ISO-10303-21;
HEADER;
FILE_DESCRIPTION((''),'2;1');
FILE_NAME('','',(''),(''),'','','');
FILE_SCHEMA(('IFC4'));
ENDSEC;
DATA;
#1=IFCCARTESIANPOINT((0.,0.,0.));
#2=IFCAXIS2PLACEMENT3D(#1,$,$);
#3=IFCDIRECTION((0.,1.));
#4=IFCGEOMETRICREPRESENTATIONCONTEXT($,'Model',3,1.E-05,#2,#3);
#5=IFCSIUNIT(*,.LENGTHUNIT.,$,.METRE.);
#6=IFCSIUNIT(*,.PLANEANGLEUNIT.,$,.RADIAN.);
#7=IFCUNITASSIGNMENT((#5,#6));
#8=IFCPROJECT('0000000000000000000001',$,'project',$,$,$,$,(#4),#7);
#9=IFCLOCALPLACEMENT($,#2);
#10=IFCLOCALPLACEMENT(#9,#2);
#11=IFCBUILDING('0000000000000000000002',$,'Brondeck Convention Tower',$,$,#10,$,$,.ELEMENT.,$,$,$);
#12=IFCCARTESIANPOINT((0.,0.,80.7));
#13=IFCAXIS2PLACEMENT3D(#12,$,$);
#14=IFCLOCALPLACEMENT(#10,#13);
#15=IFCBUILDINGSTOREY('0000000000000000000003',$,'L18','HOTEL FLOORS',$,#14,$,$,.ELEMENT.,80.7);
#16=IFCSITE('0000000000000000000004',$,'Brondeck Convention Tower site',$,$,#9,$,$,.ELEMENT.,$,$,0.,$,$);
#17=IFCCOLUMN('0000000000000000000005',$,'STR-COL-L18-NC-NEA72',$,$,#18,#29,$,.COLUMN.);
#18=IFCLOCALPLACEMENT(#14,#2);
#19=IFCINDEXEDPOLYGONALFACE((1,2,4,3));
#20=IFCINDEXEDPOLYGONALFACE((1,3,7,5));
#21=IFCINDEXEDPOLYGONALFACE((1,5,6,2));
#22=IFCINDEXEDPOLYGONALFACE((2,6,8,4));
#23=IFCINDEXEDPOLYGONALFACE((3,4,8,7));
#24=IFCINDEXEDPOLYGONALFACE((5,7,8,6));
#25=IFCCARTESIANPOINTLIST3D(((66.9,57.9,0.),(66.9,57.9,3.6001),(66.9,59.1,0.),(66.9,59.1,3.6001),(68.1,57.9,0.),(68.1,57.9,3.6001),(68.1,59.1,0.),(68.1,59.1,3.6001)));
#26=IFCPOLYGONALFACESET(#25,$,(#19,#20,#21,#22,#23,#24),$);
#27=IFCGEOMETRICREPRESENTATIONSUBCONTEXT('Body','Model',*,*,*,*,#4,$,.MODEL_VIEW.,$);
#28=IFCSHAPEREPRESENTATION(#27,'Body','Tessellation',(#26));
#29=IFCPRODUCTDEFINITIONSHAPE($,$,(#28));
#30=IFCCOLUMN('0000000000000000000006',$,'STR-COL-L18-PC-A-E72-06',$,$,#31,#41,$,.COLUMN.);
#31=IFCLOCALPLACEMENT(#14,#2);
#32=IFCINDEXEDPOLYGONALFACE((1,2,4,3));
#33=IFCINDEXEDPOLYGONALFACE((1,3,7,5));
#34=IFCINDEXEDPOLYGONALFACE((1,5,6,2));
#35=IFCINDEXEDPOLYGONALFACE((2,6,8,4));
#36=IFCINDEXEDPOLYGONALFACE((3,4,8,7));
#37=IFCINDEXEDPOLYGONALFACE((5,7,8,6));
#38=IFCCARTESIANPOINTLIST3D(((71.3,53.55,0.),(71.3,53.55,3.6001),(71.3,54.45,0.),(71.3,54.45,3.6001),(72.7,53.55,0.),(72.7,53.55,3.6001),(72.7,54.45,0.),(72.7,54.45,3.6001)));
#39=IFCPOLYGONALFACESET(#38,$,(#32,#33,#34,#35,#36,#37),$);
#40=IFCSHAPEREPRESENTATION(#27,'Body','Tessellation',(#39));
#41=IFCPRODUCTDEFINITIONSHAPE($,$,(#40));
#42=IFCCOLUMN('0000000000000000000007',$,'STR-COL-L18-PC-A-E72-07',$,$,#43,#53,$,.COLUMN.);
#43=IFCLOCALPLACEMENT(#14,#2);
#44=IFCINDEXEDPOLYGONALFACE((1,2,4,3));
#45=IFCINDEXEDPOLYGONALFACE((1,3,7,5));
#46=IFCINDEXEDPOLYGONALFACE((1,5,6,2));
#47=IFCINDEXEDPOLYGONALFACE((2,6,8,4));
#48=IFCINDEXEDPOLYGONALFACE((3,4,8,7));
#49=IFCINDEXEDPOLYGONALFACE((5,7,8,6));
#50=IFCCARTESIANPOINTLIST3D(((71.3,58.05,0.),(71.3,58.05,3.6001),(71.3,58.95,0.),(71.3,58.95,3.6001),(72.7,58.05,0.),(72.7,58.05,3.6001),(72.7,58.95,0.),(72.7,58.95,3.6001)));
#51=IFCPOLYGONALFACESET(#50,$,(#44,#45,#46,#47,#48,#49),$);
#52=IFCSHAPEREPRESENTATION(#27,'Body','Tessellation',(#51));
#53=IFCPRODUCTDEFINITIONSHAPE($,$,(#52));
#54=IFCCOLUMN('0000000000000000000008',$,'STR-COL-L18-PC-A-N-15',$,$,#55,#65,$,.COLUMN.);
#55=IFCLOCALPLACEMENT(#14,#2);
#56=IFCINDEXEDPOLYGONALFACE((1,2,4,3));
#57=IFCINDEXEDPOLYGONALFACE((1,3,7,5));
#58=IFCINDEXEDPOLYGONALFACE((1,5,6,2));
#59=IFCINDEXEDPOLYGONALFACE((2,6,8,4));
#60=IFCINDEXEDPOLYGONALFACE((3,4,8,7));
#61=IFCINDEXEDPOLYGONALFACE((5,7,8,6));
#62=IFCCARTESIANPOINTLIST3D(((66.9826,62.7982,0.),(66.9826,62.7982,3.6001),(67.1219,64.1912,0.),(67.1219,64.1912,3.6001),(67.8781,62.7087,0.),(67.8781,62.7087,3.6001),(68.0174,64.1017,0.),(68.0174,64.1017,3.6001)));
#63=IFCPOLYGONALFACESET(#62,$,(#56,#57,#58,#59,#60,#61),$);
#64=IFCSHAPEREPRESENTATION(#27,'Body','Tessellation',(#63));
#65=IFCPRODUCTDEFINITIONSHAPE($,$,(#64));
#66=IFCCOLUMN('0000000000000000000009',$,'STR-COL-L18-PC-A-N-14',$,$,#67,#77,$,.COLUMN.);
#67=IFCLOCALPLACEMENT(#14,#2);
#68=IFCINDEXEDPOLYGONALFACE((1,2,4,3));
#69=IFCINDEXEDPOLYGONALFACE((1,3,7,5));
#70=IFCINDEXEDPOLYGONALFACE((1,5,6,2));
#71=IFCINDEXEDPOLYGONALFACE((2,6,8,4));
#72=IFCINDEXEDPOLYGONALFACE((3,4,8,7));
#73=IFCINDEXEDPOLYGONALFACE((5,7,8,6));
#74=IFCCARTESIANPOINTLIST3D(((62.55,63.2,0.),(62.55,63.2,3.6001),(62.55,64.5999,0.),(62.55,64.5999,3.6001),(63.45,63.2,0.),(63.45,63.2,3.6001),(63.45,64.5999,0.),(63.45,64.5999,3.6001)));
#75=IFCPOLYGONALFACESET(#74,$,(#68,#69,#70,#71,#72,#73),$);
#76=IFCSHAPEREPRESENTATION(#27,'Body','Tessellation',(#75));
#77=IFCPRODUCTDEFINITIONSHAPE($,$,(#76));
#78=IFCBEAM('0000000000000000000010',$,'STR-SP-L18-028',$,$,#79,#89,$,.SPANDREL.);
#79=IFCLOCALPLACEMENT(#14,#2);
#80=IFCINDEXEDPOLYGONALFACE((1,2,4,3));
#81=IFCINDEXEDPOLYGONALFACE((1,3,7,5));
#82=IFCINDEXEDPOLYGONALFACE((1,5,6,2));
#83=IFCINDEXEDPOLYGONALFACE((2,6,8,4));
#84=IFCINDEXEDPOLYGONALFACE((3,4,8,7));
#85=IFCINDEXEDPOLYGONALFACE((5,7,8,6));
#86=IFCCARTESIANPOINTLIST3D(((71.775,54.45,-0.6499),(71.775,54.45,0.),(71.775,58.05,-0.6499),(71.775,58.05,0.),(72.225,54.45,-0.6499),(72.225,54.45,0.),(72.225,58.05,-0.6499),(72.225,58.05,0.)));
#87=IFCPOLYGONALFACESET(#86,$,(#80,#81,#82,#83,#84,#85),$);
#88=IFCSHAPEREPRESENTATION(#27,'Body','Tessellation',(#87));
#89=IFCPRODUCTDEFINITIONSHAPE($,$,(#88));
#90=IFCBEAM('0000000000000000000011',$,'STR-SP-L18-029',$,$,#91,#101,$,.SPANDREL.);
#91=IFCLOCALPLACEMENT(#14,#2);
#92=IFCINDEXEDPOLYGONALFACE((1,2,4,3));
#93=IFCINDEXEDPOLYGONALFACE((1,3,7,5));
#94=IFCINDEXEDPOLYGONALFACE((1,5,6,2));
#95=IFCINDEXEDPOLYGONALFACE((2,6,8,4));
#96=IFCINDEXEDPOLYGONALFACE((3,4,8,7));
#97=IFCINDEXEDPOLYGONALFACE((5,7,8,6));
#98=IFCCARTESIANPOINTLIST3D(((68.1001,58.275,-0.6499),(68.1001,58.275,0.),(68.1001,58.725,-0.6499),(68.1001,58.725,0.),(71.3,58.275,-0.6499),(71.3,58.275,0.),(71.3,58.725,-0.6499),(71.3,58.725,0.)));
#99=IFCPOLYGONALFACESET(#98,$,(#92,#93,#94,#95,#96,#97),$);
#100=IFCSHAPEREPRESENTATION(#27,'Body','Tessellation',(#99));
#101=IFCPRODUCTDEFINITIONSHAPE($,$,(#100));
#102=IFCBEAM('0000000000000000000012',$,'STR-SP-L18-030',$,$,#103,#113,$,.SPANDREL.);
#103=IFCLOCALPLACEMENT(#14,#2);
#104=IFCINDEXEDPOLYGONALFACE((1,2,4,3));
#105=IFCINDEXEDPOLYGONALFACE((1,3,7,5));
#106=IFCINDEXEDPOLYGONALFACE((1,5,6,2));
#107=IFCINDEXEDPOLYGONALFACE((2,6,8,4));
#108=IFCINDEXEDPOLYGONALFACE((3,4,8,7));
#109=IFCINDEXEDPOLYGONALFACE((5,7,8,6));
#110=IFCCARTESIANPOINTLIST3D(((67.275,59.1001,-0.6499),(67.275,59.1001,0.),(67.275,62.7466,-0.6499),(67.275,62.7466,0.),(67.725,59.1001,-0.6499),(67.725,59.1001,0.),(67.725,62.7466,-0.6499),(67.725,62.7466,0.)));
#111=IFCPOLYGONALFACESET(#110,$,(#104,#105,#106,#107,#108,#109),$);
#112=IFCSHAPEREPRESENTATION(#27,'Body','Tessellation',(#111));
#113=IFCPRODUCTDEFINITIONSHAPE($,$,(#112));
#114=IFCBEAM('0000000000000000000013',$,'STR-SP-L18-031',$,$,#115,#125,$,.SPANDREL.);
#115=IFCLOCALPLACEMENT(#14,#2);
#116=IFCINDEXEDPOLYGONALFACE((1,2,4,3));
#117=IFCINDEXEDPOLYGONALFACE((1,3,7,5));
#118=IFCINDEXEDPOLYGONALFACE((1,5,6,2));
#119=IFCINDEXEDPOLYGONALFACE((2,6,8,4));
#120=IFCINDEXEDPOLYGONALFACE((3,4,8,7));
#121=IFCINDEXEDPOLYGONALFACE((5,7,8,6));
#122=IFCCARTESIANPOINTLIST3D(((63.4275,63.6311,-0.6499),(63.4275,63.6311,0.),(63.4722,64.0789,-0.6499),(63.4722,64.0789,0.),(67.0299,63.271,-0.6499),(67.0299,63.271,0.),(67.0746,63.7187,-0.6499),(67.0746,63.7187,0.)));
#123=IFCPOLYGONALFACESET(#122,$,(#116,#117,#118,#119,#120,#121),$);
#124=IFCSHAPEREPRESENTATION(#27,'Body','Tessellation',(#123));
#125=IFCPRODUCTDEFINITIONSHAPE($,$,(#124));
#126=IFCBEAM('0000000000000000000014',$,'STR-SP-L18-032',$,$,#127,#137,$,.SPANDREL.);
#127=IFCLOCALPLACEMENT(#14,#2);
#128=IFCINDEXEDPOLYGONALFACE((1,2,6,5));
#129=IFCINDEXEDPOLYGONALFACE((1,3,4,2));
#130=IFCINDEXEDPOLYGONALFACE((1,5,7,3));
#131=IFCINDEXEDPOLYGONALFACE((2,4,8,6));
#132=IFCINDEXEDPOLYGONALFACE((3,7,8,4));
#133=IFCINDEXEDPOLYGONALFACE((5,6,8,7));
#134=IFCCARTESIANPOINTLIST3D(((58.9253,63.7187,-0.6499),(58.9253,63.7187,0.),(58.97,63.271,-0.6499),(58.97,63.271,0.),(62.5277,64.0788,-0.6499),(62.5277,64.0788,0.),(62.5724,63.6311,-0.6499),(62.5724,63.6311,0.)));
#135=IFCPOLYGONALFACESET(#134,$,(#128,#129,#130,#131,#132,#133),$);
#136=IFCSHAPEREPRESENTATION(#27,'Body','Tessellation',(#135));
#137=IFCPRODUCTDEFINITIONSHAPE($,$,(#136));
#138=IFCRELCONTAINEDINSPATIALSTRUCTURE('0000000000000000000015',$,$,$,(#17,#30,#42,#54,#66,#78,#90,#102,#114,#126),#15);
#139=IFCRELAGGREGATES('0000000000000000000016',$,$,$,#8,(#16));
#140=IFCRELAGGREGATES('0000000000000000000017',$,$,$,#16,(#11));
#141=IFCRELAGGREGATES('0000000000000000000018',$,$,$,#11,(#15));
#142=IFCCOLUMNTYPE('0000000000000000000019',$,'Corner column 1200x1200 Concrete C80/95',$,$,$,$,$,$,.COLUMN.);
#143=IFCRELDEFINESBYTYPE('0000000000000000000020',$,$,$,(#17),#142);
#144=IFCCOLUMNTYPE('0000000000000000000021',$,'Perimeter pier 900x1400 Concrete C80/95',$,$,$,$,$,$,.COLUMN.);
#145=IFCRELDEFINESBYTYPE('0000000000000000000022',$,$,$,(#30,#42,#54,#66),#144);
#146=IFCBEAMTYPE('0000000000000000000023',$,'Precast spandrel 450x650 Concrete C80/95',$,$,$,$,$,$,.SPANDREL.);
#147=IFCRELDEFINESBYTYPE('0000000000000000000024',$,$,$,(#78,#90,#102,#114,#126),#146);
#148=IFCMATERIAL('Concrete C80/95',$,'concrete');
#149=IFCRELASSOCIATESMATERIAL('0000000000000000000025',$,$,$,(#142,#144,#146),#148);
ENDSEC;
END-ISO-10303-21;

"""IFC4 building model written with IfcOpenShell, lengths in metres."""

from ifc_helpers import new_model, si_unit, direction, frame, origin, origin_2d, place, context, subcontext, project, spatial, rectangle, extrude, material, material_profile, profile_set, type_object, element, save


model = new_model("IFC4")

# Units and contexts
model_context = context("Model", 3, precision=1e-05, world=origin(), true_north=direction((0.0, 1.0)))
body_context = subcontext(model_context, "Body", "Model", "MODEL_VIEW")
ifc_project = project(units=[si_unit("LENGTHUNIT", "METRE"), si_unit("PLANEANGLEUNIT", "RADIAN")], contexts=[model_context])

# Site, building, storey
site_placement = place(None, origin())
site = spatial("IfcSite", under=ifc_project, at=site_placement, Name="Brondeck Convention Tower site", CompositionType="ELEMENT", RefElevation=0.0)
building_placement = place(site_placement, origin())
building = spatial("IfcBuilding", under=site, at=building_placement, Name="Brondeck Convention Tower", CompositionType="ELEMENT")
storey_placement = place(building_placement, frame((0.0, 0.0, 80.7)))
storey = spatial("IfcBuildingStorey", under=building, at=storey_placement, Name="L18", Description="HOTEL FLOORS", CompositionType="ELEMENT", Elevation=80.7)

# Columns
ifc_material_1 = material(Name="Concrete C80/95", Category="concrete")
ifc_material_profile_1 = material_profile(ifc_material_1, rectangle(XDim=1.2, YDim=1.2, at=origin_2d()), Name="Corner column 1200x1200 Concrete C80/95")
ifc_profile_set_1 = profile_set([ifc_material_profile_1], Name="Concrete C80/95")
column_type_1 = type_object("IfcColumnType", Name="Corner column 1200x1200 Concrete C80/95", PredefinedType="COLUMN", material=ifc_profile_set_1)
column_placement = place(storey_placement, frame((67.5, 58.5, 0.0), z_axis=(0.0, 0.0, 1.0), x_axis=(1.0, 0.0, 0.0)))
element("IfcColumn", 1, at=column_placement, inside=storey, type_object=column_type_1, Name="STR-COL-L18-NC-NEA72", PredefinedType="COLUMN", context=body_context, shape_type="SweptSolid", body=[
    extrude(rectangle(XDim=1.2, YDim=1.2, at=origin_2d()), origin(), (0.0, 0.0, 1.0), 3.6001),
])
ifc_material_profile_2 = material_profile(ifc_material_1, rectangle(XDim=0.8999, YDim=1.3999, at=origin_2d()), Name="Perimeter pier 900x1400 Concrete C80/95")
ifc_profile_set_2 = profile_set([ifc_material_profile_2], Name="Concrete C80/95")
column_type_2 = type_object("IfcColumnType", Name="Perimeter pier 900x1400 Concrete C80/95", PredefinedType="COLUMN", material=ifc_profile_set_2)
for number, where, z_axis, x_axis, name in (
    (2, (72.0, 54.0, 0.0), (0.0, 0.0, 1.0), (0.0, 1.0, 0.0), "STR-COL-L18-PC-A-E72-06"),
    (3, (72.0, 58.5, 0.0), (0.0, 0.0, 1.0), (0.0, 1.0, 0.0), "STR-COL-L18-PC-A-E72-07"),
    (4, (67.5, 63.45, 0.0), (0.0, 0.0, 1.0), (-0.995037, 0.099504, 0.0), "STR-COL-L18-PC-A-N-15"),
    (5, (63.0, 63.8999, 0.0), (0.0, 0.0, 1.0), (-1.0, 0.0, 0.0), "STR-COL-L18-PC-A-N-14"),
):
    element("IfcColumn", number, at=place(storey_placement, frame(where, z_axis=z_axis, x_axis=x_axis)), inside=storey, type_object=column_type_2, Name=name, PredefinedType="COLUMN", context=body_context, shape_type="SweptSolid", body=[
        extrude(rectangle(XDim=0.8999, YDim=1.3999, at=origin_2d()), origin(), (0.0, 0.0, 1.0), 3.6001),
    ])

# Beams
ifc_material_profile_3 = material_profile(ifc_material_1, rectangle(XDim=0.45, YDim=0.6499, at=origin_2d()), Name="Precast spandrel 450x650 Concrete C80/95")
ifc_profile_set_3 = profile_set([ifc_material_profile_3], Name="Concrete C80/95")
beam_type = type_object("IfcBeamType", Name="Precast spandrel 450x650 Concrete C80/95", PredefinedType="SPANDREL", material=ifc_profile_set_3)
beam_1_placement = place(storey_placement, frame((72.0, 54.45, -0.325), z_axis=(0.0, 1.0, 0.0), x_axis=(-1.0, 0.0, 0.0)))
element("IfcBeam", 6, at=beam_1_placement, inside=storey, type_object=beam_type, Name="STR-SP-L18-028", PredefinedType="SPANDREL", context=body_context, shape_type="SweptSolid", body=[
    extrude(rectangle(XDim=0.45, YDim=0.6499, at=origin_2d()), origin(), (0.0, 0.0, 1.0), 3.6001),
])
beam_2_placement = place(storey_placement, frame((71.3, 58.5, -0.325), z_axis=(-1.0, 0.0, 0.0), x_axis=(0.0, -1.0, 0.0)))
element("IfcBeam", 7, at=beam_2_placement, inside=storey, type_object=beam_type, Name="STR-SP-L18-029", PredefinedType="SPANDREL", context=body_context, shape_type="SweptSolid", body=[
    extrude(rectangle(XDim=0.45, YDim=0.6499, at=origin_2d()), origin(), (0.0, 0.0, 1.0), 3.2),
])
beam_3_placement = place(storey_placement, frame((67.5, 59.1001, -0.325), z_axis=(0.0, 1.0, 0.0), x_axis=(-1.0, 0.0, 0.0)))
element("IfcBeam", 8, at=beam_3_placement, inside=storey, type_object=beam_type, Name="STR-SP-L18-030", PredefinedType="SPANDREL", context=body_context, shape_type="SweptSolid", body=[
    extrude(rectangle(XDim=0.45, YDim=0.6499, at=origin_2d()), origin(), (0.0, 0.0, 1.0), 3.6465),
])
for number, where, z_axis, x_axis, name in (
    (9, (67.0522, 63.4949, -0.325), (-0.995041, 0.09947, 0.0), (-0.09947, -0.995041, 0.0), "STR-SP-L18-031"),
    (10, (62.55, 63.855, -0.325), (-0.995041, -0.09947, 0.0), (0.09947, -0.995041, 0.0), "STR-SP-L18-032"),
):
    element("IfcBeam", number, at=place(storey_placement, frame(where, z_axis=z_axis, x_axis=x_axis)), inside=storey, type_object=beam_type, Name=name, PredefinedType="SPANDREL", context=body_context, shape_type="SweptSolid", body=[
        extrude(rectangle(XDim=0.45, YDim=0.6499, at=origin_2d()), origin(), (0.0, 0.0, 1.0), 3.6204),
    ])

save(model, "model.ifc")
